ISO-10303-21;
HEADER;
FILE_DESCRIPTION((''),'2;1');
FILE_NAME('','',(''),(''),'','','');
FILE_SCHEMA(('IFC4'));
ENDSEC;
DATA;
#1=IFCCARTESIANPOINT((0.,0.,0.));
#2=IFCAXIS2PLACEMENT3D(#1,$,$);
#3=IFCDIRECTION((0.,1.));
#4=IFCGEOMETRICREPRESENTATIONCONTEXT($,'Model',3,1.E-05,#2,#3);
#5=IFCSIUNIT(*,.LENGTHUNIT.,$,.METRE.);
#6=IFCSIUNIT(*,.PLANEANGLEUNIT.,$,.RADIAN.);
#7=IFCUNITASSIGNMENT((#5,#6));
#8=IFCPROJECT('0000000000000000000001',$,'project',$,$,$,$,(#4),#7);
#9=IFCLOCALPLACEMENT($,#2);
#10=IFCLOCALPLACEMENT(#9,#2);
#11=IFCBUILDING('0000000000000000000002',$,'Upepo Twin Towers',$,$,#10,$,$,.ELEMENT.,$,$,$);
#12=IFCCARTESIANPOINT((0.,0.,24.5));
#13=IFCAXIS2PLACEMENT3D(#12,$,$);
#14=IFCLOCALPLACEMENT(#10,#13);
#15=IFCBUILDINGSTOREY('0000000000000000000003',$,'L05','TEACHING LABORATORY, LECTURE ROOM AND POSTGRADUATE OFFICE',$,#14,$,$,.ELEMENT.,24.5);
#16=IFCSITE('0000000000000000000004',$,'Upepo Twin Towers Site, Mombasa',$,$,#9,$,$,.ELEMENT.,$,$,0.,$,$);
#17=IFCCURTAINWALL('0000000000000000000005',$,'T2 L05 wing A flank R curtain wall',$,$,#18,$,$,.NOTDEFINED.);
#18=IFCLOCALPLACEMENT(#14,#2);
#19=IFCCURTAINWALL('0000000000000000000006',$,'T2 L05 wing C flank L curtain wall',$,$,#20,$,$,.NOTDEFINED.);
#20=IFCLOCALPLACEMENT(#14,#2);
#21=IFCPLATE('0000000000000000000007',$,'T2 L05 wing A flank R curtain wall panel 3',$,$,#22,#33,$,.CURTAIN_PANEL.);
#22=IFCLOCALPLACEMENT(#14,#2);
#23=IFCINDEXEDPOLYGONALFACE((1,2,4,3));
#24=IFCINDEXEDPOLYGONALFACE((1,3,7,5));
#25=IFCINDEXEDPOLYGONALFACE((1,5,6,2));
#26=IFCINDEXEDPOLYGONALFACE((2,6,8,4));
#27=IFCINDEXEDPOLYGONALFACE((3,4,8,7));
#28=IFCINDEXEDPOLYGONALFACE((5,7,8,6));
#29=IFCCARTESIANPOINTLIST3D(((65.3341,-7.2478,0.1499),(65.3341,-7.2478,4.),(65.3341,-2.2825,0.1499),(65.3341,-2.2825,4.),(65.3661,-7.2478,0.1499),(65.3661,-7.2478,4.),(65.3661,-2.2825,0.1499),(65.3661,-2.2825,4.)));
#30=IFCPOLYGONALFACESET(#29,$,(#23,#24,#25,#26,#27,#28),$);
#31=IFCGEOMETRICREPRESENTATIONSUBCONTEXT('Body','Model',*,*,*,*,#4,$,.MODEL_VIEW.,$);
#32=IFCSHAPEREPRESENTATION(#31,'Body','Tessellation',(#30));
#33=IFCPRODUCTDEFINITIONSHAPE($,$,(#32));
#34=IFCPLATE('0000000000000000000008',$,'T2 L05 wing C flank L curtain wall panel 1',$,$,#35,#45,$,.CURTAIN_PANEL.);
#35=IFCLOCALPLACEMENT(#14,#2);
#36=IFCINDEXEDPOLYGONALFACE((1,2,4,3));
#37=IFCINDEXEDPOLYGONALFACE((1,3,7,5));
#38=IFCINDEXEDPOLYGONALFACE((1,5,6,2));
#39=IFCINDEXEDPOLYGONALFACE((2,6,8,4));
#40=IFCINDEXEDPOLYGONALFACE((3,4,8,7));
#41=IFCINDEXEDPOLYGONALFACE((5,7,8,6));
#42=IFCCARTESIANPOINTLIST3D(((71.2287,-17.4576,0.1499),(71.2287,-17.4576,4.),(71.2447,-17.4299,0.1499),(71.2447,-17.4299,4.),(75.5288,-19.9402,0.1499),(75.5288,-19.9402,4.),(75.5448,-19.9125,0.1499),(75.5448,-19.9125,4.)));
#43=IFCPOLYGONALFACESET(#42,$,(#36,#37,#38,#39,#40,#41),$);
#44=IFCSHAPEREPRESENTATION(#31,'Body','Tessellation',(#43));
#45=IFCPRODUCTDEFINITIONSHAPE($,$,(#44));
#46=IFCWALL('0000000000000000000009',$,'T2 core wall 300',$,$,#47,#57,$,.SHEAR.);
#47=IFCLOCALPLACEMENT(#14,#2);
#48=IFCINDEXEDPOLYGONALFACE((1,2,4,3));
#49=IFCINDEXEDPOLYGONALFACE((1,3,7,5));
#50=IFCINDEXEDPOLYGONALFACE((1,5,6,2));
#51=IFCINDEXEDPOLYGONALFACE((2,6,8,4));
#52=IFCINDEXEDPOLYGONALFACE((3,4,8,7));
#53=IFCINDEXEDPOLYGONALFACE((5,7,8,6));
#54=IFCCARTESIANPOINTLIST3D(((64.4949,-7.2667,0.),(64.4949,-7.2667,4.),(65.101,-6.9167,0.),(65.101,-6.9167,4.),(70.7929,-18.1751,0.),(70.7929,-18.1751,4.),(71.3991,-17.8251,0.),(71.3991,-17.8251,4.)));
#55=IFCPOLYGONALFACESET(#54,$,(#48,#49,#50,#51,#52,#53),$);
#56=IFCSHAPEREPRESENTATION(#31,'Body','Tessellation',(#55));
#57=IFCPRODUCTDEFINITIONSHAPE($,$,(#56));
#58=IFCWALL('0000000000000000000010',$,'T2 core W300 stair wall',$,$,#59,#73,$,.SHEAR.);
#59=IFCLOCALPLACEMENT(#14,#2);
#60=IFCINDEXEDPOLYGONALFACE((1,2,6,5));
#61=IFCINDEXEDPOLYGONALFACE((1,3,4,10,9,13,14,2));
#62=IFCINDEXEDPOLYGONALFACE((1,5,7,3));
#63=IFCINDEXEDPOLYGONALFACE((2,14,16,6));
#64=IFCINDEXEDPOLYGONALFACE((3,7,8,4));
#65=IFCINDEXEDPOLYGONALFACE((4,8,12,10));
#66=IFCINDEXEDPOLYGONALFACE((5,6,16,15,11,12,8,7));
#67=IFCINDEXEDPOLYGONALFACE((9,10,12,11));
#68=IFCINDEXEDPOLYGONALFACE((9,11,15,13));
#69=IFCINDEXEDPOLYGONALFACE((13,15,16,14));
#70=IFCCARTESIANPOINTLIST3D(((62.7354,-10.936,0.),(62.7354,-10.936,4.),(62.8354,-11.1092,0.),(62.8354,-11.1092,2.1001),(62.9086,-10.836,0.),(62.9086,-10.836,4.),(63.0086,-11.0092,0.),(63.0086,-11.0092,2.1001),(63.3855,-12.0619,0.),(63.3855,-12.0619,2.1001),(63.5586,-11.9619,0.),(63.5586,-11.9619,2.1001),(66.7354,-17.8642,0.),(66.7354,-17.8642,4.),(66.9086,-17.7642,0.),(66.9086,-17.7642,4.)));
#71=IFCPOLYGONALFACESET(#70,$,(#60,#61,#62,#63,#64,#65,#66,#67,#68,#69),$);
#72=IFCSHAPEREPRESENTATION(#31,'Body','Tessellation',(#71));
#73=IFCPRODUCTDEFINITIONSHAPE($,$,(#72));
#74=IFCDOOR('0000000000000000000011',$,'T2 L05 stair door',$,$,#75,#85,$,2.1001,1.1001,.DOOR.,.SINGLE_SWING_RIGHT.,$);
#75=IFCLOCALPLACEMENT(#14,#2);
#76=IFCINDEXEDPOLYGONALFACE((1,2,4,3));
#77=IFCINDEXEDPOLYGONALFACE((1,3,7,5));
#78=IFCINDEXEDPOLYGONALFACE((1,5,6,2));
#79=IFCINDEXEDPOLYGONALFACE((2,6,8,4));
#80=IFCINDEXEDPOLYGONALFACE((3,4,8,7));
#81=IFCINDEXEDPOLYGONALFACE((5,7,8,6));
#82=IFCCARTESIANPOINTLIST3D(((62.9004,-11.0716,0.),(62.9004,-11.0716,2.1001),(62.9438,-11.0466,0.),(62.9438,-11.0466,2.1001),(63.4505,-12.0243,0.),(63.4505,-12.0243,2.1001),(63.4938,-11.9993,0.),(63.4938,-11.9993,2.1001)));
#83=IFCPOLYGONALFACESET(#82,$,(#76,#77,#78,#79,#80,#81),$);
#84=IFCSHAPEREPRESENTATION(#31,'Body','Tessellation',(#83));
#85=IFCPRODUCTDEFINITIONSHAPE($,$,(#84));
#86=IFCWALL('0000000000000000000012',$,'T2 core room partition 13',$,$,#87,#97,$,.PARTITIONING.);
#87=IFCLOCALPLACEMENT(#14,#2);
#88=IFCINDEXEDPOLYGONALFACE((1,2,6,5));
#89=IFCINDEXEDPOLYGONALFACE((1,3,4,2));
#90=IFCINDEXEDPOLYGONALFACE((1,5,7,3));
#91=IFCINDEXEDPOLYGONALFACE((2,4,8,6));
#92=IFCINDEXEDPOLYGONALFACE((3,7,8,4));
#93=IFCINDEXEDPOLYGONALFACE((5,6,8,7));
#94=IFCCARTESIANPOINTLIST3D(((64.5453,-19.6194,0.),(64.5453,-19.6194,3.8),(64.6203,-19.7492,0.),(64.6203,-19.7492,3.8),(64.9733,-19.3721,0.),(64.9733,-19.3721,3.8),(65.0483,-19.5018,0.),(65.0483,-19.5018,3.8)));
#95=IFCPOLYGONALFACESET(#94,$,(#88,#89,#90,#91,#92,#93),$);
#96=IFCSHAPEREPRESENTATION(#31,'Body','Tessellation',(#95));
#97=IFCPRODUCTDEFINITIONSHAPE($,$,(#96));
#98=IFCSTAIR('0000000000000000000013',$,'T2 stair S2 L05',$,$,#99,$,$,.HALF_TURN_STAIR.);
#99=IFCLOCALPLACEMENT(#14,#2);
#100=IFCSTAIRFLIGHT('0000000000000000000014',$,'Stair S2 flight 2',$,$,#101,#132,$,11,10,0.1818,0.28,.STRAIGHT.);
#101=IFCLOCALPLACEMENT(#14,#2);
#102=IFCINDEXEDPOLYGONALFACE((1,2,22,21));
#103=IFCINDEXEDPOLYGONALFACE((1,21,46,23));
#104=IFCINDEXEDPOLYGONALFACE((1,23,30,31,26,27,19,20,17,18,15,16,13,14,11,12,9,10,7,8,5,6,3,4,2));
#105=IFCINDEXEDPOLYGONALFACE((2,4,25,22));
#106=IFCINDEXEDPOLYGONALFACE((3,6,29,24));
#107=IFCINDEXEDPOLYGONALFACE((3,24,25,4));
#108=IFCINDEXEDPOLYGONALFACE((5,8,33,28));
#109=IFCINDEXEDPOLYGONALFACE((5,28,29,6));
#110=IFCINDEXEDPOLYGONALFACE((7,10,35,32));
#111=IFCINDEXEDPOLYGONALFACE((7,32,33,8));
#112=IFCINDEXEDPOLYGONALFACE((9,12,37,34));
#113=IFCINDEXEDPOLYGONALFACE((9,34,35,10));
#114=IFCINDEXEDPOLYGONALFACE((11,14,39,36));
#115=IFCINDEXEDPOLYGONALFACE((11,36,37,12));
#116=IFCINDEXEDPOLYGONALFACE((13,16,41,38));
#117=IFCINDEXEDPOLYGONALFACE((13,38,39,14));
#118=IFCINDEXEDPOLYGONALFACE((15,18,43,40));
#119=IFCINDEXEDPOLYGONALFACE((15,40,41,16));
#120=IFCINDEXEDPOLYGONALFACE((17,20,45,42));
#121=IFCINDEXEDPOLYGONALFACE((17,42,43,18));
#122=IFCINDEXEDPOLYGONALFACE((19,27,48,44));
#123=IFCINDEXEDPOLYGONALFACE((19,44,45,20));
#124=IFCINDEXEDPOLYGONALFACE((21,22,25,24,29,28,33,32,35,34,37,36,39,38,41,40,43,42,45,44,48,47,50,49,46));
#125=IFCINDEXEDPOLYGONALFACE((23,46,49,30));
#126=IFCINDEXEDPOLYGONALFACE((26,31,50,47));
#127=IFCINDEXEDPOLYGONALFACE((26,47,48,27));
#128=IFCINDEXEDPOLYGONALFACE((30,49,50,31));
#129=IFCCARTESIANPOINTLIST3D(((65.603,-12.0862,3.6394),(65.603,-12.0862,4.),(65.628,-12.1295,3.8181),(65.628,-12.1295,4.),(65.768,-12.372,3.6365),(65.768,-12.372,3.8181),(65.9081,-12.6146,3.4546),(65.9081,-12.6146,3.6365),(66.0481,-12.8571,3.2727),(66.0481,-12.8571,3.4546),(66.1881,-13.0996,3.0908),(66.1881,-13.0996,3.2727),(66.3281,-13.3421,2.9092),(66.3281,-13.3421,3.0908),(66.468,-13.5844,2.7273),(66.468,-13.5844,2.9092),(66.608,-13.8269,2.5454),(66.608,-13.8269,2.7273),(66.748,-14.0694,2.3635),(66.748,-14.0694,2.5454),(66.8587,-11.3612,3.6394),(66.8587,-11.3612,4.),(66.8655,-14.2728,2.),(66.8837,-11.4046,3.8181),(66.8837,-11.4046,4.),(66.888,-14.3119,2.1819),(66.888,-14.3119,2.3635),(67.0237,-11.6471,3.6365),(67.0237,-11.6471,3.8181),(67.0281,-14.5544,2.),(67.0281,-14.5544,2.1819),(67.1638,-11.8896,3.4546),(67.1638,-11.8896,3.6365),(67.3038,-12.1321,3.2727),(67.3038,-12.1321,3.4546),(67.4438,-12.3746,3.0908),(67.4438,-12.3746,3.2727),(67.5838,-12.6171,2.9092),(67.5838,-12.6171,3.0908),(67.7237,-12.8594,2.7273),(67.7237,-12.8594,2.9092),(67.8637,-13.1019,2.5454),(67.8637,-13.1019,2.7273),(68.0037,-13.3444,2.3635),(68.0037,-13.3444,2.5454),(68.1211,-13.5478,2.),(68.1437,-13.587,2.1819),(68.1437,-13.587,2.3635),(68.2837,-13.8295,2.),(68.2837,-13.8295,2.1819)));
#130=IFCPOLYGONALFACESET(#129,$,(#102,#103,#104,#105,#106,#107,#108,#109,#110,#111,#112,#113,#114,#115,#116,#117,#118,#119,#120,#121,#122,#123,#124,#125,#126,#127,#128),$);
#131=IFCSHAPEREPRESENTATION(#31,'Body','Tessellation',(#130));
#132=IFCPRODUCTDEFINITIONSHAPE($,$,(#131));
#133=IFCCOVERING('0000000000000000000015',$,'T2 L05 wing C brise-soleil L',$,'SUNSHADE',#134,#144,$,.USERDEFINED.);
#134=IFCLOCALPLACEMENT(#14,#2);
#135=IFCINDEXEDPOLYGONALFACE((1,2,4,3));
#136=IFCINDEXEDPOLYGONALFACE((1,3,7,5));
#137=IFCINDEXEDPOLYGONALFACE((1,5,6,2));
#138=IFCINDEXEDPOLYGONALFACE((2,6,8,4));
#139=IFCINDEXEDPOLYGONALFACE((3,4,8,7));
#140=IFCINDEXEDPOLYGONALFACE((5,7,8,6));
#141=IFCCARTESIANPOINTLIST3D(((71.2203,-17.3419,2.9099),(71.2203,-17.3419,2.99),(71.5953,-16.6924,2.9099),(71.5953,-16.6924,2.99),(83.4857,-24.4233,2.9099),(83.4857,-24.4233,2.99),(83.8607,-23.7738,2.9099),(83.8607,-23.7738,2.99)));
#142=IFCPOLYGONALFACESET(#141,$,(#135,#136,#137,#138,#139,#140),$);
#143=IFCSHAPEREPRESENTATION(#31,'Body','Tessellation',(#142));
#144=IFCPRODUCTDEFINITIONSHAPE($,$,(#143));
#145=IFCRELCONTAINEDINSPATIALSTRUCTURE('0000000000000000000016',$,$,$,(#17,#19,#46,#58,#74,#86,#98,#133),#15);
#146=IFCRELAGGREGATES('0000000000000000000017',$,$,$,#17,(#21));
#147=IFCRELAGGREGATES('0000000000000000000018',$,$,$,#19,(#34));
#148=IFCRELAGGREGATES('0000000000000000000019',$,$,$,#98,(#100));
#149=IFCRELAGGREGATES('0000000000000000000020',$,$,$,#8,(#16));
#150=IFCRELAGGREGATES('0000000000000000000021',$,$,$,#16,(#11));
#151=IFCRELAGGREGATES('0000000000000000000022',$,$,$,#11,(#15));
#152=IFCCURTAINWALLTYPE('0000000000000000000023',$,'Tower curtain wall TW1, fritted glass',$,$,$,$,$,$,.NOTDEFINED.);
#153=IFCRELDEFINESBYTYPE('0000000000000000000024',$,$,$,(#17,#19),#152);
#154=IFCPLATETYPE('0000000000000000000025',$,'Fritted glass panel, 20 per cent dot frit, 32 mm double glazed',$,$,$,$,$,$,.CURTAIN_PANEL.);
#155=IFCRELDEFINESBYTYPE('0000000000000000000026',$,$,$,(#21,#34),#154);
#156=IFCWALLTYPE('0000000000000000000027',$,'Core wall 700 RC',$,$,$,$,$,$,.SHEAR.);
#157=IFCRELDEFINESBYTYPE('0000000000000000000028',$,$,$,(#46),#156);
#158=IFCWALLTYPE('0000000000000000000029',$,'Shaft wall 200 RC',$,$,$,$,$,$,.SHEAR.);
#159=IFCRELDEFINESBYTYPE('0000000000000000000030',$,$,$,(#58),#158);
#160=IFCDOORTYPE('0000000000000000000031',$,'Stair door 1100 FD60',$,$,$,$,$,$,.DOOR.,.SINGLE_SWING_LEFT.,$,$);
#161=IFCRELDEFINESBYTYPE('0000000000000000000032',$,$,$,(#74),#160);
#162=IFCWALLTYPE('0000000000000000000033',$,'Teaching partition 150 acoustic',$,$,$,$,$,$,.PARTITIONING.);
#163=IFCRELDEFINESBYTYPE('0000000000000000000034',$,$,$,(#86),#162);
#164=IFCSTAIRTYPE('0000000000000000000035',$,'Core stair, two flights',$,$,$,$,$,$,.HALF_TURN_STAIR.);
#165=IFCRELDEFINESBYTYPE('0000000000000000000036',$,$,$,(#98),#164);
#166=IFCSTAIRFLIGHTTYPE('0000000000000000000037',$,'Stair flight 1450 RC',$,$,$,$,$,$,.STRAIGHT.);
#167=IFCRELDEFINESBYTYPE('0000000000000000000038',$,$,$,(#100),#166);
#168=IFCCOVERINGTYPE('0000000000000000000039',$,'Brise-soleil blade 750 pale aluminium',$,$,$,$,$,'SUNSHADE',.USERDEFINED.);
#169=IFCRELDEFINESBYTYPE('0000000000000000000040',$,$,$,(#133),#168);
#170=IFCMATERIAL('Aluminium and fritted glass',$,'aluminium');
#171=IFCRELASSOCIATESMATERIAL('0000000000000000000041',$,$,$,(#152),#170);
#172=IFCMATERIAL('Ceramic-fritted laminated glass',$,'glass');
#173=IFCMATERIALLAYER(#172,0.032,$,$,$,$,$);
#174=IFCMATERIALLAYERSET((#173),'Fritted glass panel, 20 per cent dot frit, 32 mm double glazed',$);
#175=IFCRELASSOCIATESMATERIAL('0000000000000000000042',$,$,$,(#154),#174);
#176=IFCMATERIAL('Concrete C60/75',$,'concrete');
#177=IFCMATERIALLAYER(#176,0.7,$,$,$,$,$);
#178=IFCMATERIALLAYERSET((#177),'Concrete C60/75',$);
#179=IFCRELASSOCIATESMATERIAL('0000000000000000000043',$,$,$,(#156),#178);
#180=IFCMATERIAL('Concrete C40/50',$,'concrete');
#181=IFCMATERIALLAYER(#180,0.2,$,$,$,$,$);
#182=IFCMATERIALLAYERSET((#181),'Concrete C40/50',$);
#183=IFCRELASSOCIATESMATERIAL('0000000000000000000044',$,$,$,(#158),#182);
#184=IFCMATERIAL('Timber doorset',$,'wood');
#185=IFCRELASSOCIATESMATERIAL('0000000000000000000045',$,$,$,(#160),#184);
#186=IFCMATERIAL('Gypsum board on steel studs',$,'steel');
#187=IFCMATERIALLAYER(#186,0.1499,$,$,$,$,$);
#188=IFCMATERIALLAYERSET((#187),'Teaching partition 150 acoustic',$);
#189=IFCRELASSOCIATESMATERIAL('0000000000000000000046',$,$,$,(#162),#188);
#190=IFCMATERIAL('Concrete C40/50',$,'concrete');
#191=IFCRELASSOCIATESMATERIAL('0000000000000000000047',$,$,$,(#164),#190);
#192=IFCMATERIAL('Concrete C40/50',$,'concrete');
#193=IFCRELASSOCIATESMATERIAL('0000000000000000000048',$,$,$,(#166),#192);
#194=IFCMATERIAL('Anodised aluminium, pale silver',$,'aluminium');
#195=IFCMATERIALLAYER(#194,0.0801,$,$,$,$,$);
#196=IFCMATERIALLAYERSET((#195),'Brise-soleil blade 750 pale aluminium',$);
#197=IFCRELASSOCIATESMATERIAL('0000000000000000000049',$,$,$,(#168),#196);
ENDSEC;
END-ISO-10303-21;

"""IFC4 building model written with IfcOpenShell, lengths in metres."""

from ifc_helpers import new_model, si_unit, direction, frame, frame_2d, origin, origin_2d, place, context, subcontext, project, spatial, polyline, rectangle, outline, extrude, material, layer, layer_set, type_object, element, fill, aggregate, save


model = new_model("IFC4")

# Units and contexts
model_context = context("Model", 3, precision=1e-05, world=origin(), true_north=direction((0.0, 1.0)))
body_context = subcontext(model_context, "Body", "Model", "MODEL_VIEW")
ifc_project = project(units=[si_unit("LENGTHUNIT", "METRE"), si_unit("PLANEANGLEUNIT", "RADIAN")], contexts=[model_context])

# Site, building, storey
site_placement = place(None, origin())
site = spatial("IfcSite", under=ifc_project, at=site_placement, Name="Upepo Twin Towers Site, Mombasa", CompositionType="ELEMENT", RefElevation=0.0)
building_placement = place(site_placement, origin())
building = spatial("IfcBuilding", under=site, at=building_placement, Name="Upepo Twin Towers", CompositionType="ELEMENT")
storey_placement = place(building_placement, frame((0.0, 0.0, 24.5)))
storey = spatial("IfcBuildingStorey", under=building, at=storey_placement, Name="L05", Description="TEACHING LABORATORY, LECTURE ROOM AND POSTGRADUATE OFFICE", CompositionType="ELEMENT", Elevation=24.5)

# Curtain wall
ifc_material_1 = material(Name="Aluminium and fritted glass", Category="aluminium")
curtain_wall_type = type_object("IfcCurtainWallType", Name="Tower curtain wall TW1, fritted glass", PredefinedType="NOTDEFINED", material=ifc_material_1)
curtain_wall_1_placement = place(storey_placement, origin())
curtain_wall_1 = element("IfcCurtainWall", 1, at=curtain_wall_1_placement, inside=storey, type_object=curtain_wall_type, Name="T2 L05 wing A flank R curtain wall", PredefinedType="NOTDEFINED")

# Curtain wall
curtain_wall_2_placement = place(storey_placement, origin())
curtain_wall_2 = element("IfcCurtainWall", 2, at=curtain_wall_2_placement, inside=storey, type_object=curtain_wall_type, Name="T2 L05 wing C flank L curtain wall", PredefinedType="NOTDEFINED")

# Plates
ifc_material_2 = material(Name="Ceramic-fritted laminated glass", Category="glass")
ifc_layer_1 = layer(ifc_material_2, 0.032)
ifc_layer_set_1 = layer_set([ifc_layer_1], Name="Fritted glass panel, 20 per cent dot frit, 32 mm double glazed")
plate_type = type_object("IfcPlateType", Name="Fritted glass panel, 20 per cent dot frit, 32 mm double glazed", PredefinedType="CURTAIN_PANEL", material=ifc_layer_set_1)
plate_1_placement = place(storey_placement, frame((65.3501, -4.7651, 0.1499), z_axis=(0.0, 0.0, 1.0), x_axis=(0.0, -1.0, 0.0)))
plate_1 = element("IfcPlate", 3, at=plate_1_placement, type_object=plate_type, Name="T2 L05 wing A flank R curtain wall panel 3", PredefinedType="CURTAIN_PANEL", context=body_context, shape_type="SweptSolid", body=[
    extrude(rectangle(XDim=4.9653, YDim=0.032, at=origin_2d()), origin(), (0.0, 0.0, 1.0), 3.8501),
])
aggregate(curtain_wall_1, [plate_1])
plate_2_placement = place(storey_placement, frame((73.3867, -18.6851, 0.1499), z_axis=(0.0, 0.0, 1.0), x_axis=(0.866025, -0.5, 0.0)))
plate_2 = element("IfcPlate", 4, at=plate_2_placement, type_object=plate_type, Name="T2 L05 wing C flank L curtain wall panel 1", PredefinedType="CURTAIN_PANEL", context=body_context, shape_type="SweptSolid", body=[
    extrude(rectangle(XDim=4.9653, YDim=0.032, at=origin_2d()), origin(), (0.0, 0.0, 1.0), 3.8501),
])
aggregate(curtain_wall_2, [plate_2])

# Wall
ifc_material_3 = material(Name="Concrete C60/75", Category="concrete")
ifc_layer_2 = layer(ifc_material_3, 0.7)
ifc_layer_set_2 = layer_set([ifc_layer_2], Name="Concrete C60/75")
wall_type_1 = type_object("IfcWallType", Name="Core wall 700 RC", PredefinedType="SHEAR", material=ifc_layer_set_2)
wall_1_placement = place(storey_placement, frame((71.0959, -18.0, 0.0), z_axis=(0.0, 0.0, 1.0), x_axis=(-0.500006, 0.866022, 0.0)))
element("IfcWall", 5, at=wall_1_placement, inside=storey, type_object=wall_type_1, Name="T2 core wall 300", PredefinedType="SHEAR", context=body_context, shape_type="SweptSolid", body=[
    extrude(rectangle(XDim=12.5959, YDim=0.7, at=frame_2d((6.2979, 0.0))), origin(), (0.0, 0.0, 1.0), 4.0),
])

# Wall, opening, door
ifc_material_4 = material(Name="Concrete C40/50", Category="concrete")
ifc_layer_3 = layer(ifc_material_4, 0.2)
ifc_layer_set_3 = layer_set([ifc_layer_3], Name="Concrete C40/50")
wall_type_2 = type_object("IfcWallType", Name="Shaft wall 200 RC", PredefinedType="SHEAR", material=ifc_layer_set_3)
wall_2_placement = place(storey_placement, frame((66.822, -17.8142, 0.0), z_axis=(0.0, 0.0, 1.0), x_axis=(-0.499999, 0.866026, 0.0)))
wall_2 = element("IfcWall", 6, at=wall_2_placement, inside=storey, type_object=wall_type_2, Name="T2 core W300 stair wall", PredefinedType="SHEAR", context=body_context, shape_type="SweptSolid", body=[
    extrude(rectangle(XDim=8.0, YDim=0.2, at=frame_2d((4.0, 0.0))), origin(), (0.0, 0.0, 1.0), 4.0),
])
opening_placement = place(wall_2_placement, frame((6.7, 0.0, 0.0)))
opening = element("IfcOpeningElement", 7, at=opening_placement, cuts=wall_2, PredefinedType="OPENING", context=body_context, shape_type="SweptSolid", body=[
    extrude(rectangle(XDim=1.1001, YDim=2.1001, at=frame_2d((0.55, 1.05))), frame((0.0, 0.1099, 0.0), z_axis=(0.0, -1.0, 0.0), x_axis=(1.0, 0.0, 0.0)), (0.0, 0.0, 1.0), 0.22),
])
ifc_material_5 = material(Name="Timber doorset", Category="wood")
door_type = type_object("IfcDoorType", Name="Stair door 1100 FD60", OperationType="SINGLE_SWING_LEFT", PredefinedType="DOOR", material=ifc_material_5)
door_placement = place(opening_placement, origin())
door = element("IfcDoor", 8, at=door_placement, inside=storey, type_object=door_type, Name="T2 L05 stair door", OperationType="SINGLE_SWING_RIGHT", OverallHeight=2.1001, OverallWidth=1.1001, PredefinedType="DOOR", context=body_context, shape_type="SweptSolid", body=[
    extrude(rectangle(XDim=1.1001, YDim=2.1001, at=frame_2d((0.55, 1.05))), frame((0.0, 0.0249, 0.0), z_axis=(0.0, -1.0, 0.0), x_axis=(1.0, 0.0, 0.0)), (0.0, 0.0, 1.0), 0.05),
])
fill(opening, door)

# Wall
ifc_material_6 = material(Name="Gypsum board on steel studs", Category="steel")
ifc_layer_4 = layer(ifc_material_6, 0.1499)
ifc_layer_set_4 = layer_set([ifc_layer_4], Name="Teaching partition 150 acoustic")
wall_type_3 = type_object("IfcWallType", Name="Teaching partition 150 acoustic", PredefinedType="PARTITIONING", material=ifc_layer_set_4)
wall_3_placement = place(storey_placement, frame((65.0107, -19.437, 0.0), z_axis=(0.0, 0.0, 1.0), x_axis=(-0.865832, -0.500335, 0.0)))
element("IfcWall", 9, at=wall_3_placement, inside=storey, type_object=wall_type_3, Name="T2 core room partition 13", PredefinedType="PARTITIONING", context=body_context, shape_type="SweptSolid", body=[
    extrude(rectangle(XDim=0.4944, YDim=0.1499, at=frame_2d((0.2471, 0.0))), origin(), (0.0, 0.0, 1.0), 3.8),
])

# Stair, stair flight
ifc_material_7 = material(Name="Concrete C40/50", Category="concrete")
stair_type = type_object("IfcStairType", Name="Core stair, two flights", PredefinedType="HALF_TURN_STAIR", material=ifc_material_7)
stair_placement = place(storey_placement, origin())
stair = element("IfcStair", 10, at=stair_placement, inside=storey, type_object=stair_type, Name="T2 stair S2 L05", PredefinedType="HALF_TURN_STAIR")
ifc_material_8 = material(Name="Concrete C40/50", Category="concrete")
stair_flight_type = type_object("IfcStairFlightType", Name="Stair flight 1450 RC", PredefinedType="STRAIGHT", material=ifc_material_8)
stair_flight_placement = place(storey_placement, frame((67.656, -14.1919, 2.0), z_axis=(0.0, 0.0, 1.0), x_axis=(-0.5, 0.866025, 0.0)))
stair_flight = element("IfcStairFlight", 11, at=stair_flight_placement, type_object=stair_flight_type, Name="Stair S2 flight 2", NumberOfRisers=11, NumberOfTreads=10, PredefinedType="STRAIGHT", RiserHeight=0.1818, TreadLength=0.28, context=body_context, shape_type="SweptSolid", body=[
    extrude(outline(polyline([(0.0, 0.0), (0.0, 0.1819), (0.28, 0.1819), (0.28, 0.3635), (0.5601, 0.3635), (0.5601, 0.5454), (0.8401, 0.5454), (0.8401, 0.7273), (1.1201, 0.7273), (1.1201, 0.9092), (1.3999, 0.9092), (1.3999, 1.0908), (1.6799, 1.0908), (1.6799, 1.2727), (1.96, 1.2727), (1.96, 1.4546), (2.24, 1.4546), (2.24, 1.6365), (2.52, 1.6365), (2.52, 1.8181), (2.8, 1.8181), (2.8, 2.0), (2.8501, 2.0), (2.8501, 1.6394), (0.3252, 0.0), (0.0, 0.0)])), frame((0.0, 0.7251, 0.0), z_axis=(0.0, -1.0, 0.0), x_axis=(1.0, 0.0, 0.0)), (0.0, 0.0, 1.0), 1.45),
])
aggregate(stair, [stair_flight])

# Covering
ifc_material_9 = material(Name="Anodised aluminium, pale silver", Category="aluminium")
ifc_layer_5 = layer(ifc_material_9, 0.0801)
ifc_layer_set_5 = layer_set([ifc_layer_5], Name="Brise-soleil blade 750 pale aluminium")
covering_type = type_object("IfcCoveringType", Name="Brise-soleil blade 750 pale aluminium", ElementType="SUNSHADE", PredefinedType="USERDEFINED", material=ifc_layer_set_5)
covering_placement = place(storey_placement, frame((77.5405, -20.5579, 2.9099), z_axis=(0.0, 0.0, 1.0), x_axis=(0.866025, -0.5, 0.0)))
element("IfcCovering", 12, at=covering_placement, inside=storey, type_object=covering_type, Name="T2 L05 wing C brise-soleil L", ObjectType="SUNSHADE", PredefinedType="USERDEFINED", context=body_context, shape_type="SweptSolid", body=[
    extrude(rectangle(XDim=14.1628, YDim=0.75, at=origin_2d()), origin(), (0.0, 0.0, 1.0), 0.0801),
])

save(model, "model.ifc")
